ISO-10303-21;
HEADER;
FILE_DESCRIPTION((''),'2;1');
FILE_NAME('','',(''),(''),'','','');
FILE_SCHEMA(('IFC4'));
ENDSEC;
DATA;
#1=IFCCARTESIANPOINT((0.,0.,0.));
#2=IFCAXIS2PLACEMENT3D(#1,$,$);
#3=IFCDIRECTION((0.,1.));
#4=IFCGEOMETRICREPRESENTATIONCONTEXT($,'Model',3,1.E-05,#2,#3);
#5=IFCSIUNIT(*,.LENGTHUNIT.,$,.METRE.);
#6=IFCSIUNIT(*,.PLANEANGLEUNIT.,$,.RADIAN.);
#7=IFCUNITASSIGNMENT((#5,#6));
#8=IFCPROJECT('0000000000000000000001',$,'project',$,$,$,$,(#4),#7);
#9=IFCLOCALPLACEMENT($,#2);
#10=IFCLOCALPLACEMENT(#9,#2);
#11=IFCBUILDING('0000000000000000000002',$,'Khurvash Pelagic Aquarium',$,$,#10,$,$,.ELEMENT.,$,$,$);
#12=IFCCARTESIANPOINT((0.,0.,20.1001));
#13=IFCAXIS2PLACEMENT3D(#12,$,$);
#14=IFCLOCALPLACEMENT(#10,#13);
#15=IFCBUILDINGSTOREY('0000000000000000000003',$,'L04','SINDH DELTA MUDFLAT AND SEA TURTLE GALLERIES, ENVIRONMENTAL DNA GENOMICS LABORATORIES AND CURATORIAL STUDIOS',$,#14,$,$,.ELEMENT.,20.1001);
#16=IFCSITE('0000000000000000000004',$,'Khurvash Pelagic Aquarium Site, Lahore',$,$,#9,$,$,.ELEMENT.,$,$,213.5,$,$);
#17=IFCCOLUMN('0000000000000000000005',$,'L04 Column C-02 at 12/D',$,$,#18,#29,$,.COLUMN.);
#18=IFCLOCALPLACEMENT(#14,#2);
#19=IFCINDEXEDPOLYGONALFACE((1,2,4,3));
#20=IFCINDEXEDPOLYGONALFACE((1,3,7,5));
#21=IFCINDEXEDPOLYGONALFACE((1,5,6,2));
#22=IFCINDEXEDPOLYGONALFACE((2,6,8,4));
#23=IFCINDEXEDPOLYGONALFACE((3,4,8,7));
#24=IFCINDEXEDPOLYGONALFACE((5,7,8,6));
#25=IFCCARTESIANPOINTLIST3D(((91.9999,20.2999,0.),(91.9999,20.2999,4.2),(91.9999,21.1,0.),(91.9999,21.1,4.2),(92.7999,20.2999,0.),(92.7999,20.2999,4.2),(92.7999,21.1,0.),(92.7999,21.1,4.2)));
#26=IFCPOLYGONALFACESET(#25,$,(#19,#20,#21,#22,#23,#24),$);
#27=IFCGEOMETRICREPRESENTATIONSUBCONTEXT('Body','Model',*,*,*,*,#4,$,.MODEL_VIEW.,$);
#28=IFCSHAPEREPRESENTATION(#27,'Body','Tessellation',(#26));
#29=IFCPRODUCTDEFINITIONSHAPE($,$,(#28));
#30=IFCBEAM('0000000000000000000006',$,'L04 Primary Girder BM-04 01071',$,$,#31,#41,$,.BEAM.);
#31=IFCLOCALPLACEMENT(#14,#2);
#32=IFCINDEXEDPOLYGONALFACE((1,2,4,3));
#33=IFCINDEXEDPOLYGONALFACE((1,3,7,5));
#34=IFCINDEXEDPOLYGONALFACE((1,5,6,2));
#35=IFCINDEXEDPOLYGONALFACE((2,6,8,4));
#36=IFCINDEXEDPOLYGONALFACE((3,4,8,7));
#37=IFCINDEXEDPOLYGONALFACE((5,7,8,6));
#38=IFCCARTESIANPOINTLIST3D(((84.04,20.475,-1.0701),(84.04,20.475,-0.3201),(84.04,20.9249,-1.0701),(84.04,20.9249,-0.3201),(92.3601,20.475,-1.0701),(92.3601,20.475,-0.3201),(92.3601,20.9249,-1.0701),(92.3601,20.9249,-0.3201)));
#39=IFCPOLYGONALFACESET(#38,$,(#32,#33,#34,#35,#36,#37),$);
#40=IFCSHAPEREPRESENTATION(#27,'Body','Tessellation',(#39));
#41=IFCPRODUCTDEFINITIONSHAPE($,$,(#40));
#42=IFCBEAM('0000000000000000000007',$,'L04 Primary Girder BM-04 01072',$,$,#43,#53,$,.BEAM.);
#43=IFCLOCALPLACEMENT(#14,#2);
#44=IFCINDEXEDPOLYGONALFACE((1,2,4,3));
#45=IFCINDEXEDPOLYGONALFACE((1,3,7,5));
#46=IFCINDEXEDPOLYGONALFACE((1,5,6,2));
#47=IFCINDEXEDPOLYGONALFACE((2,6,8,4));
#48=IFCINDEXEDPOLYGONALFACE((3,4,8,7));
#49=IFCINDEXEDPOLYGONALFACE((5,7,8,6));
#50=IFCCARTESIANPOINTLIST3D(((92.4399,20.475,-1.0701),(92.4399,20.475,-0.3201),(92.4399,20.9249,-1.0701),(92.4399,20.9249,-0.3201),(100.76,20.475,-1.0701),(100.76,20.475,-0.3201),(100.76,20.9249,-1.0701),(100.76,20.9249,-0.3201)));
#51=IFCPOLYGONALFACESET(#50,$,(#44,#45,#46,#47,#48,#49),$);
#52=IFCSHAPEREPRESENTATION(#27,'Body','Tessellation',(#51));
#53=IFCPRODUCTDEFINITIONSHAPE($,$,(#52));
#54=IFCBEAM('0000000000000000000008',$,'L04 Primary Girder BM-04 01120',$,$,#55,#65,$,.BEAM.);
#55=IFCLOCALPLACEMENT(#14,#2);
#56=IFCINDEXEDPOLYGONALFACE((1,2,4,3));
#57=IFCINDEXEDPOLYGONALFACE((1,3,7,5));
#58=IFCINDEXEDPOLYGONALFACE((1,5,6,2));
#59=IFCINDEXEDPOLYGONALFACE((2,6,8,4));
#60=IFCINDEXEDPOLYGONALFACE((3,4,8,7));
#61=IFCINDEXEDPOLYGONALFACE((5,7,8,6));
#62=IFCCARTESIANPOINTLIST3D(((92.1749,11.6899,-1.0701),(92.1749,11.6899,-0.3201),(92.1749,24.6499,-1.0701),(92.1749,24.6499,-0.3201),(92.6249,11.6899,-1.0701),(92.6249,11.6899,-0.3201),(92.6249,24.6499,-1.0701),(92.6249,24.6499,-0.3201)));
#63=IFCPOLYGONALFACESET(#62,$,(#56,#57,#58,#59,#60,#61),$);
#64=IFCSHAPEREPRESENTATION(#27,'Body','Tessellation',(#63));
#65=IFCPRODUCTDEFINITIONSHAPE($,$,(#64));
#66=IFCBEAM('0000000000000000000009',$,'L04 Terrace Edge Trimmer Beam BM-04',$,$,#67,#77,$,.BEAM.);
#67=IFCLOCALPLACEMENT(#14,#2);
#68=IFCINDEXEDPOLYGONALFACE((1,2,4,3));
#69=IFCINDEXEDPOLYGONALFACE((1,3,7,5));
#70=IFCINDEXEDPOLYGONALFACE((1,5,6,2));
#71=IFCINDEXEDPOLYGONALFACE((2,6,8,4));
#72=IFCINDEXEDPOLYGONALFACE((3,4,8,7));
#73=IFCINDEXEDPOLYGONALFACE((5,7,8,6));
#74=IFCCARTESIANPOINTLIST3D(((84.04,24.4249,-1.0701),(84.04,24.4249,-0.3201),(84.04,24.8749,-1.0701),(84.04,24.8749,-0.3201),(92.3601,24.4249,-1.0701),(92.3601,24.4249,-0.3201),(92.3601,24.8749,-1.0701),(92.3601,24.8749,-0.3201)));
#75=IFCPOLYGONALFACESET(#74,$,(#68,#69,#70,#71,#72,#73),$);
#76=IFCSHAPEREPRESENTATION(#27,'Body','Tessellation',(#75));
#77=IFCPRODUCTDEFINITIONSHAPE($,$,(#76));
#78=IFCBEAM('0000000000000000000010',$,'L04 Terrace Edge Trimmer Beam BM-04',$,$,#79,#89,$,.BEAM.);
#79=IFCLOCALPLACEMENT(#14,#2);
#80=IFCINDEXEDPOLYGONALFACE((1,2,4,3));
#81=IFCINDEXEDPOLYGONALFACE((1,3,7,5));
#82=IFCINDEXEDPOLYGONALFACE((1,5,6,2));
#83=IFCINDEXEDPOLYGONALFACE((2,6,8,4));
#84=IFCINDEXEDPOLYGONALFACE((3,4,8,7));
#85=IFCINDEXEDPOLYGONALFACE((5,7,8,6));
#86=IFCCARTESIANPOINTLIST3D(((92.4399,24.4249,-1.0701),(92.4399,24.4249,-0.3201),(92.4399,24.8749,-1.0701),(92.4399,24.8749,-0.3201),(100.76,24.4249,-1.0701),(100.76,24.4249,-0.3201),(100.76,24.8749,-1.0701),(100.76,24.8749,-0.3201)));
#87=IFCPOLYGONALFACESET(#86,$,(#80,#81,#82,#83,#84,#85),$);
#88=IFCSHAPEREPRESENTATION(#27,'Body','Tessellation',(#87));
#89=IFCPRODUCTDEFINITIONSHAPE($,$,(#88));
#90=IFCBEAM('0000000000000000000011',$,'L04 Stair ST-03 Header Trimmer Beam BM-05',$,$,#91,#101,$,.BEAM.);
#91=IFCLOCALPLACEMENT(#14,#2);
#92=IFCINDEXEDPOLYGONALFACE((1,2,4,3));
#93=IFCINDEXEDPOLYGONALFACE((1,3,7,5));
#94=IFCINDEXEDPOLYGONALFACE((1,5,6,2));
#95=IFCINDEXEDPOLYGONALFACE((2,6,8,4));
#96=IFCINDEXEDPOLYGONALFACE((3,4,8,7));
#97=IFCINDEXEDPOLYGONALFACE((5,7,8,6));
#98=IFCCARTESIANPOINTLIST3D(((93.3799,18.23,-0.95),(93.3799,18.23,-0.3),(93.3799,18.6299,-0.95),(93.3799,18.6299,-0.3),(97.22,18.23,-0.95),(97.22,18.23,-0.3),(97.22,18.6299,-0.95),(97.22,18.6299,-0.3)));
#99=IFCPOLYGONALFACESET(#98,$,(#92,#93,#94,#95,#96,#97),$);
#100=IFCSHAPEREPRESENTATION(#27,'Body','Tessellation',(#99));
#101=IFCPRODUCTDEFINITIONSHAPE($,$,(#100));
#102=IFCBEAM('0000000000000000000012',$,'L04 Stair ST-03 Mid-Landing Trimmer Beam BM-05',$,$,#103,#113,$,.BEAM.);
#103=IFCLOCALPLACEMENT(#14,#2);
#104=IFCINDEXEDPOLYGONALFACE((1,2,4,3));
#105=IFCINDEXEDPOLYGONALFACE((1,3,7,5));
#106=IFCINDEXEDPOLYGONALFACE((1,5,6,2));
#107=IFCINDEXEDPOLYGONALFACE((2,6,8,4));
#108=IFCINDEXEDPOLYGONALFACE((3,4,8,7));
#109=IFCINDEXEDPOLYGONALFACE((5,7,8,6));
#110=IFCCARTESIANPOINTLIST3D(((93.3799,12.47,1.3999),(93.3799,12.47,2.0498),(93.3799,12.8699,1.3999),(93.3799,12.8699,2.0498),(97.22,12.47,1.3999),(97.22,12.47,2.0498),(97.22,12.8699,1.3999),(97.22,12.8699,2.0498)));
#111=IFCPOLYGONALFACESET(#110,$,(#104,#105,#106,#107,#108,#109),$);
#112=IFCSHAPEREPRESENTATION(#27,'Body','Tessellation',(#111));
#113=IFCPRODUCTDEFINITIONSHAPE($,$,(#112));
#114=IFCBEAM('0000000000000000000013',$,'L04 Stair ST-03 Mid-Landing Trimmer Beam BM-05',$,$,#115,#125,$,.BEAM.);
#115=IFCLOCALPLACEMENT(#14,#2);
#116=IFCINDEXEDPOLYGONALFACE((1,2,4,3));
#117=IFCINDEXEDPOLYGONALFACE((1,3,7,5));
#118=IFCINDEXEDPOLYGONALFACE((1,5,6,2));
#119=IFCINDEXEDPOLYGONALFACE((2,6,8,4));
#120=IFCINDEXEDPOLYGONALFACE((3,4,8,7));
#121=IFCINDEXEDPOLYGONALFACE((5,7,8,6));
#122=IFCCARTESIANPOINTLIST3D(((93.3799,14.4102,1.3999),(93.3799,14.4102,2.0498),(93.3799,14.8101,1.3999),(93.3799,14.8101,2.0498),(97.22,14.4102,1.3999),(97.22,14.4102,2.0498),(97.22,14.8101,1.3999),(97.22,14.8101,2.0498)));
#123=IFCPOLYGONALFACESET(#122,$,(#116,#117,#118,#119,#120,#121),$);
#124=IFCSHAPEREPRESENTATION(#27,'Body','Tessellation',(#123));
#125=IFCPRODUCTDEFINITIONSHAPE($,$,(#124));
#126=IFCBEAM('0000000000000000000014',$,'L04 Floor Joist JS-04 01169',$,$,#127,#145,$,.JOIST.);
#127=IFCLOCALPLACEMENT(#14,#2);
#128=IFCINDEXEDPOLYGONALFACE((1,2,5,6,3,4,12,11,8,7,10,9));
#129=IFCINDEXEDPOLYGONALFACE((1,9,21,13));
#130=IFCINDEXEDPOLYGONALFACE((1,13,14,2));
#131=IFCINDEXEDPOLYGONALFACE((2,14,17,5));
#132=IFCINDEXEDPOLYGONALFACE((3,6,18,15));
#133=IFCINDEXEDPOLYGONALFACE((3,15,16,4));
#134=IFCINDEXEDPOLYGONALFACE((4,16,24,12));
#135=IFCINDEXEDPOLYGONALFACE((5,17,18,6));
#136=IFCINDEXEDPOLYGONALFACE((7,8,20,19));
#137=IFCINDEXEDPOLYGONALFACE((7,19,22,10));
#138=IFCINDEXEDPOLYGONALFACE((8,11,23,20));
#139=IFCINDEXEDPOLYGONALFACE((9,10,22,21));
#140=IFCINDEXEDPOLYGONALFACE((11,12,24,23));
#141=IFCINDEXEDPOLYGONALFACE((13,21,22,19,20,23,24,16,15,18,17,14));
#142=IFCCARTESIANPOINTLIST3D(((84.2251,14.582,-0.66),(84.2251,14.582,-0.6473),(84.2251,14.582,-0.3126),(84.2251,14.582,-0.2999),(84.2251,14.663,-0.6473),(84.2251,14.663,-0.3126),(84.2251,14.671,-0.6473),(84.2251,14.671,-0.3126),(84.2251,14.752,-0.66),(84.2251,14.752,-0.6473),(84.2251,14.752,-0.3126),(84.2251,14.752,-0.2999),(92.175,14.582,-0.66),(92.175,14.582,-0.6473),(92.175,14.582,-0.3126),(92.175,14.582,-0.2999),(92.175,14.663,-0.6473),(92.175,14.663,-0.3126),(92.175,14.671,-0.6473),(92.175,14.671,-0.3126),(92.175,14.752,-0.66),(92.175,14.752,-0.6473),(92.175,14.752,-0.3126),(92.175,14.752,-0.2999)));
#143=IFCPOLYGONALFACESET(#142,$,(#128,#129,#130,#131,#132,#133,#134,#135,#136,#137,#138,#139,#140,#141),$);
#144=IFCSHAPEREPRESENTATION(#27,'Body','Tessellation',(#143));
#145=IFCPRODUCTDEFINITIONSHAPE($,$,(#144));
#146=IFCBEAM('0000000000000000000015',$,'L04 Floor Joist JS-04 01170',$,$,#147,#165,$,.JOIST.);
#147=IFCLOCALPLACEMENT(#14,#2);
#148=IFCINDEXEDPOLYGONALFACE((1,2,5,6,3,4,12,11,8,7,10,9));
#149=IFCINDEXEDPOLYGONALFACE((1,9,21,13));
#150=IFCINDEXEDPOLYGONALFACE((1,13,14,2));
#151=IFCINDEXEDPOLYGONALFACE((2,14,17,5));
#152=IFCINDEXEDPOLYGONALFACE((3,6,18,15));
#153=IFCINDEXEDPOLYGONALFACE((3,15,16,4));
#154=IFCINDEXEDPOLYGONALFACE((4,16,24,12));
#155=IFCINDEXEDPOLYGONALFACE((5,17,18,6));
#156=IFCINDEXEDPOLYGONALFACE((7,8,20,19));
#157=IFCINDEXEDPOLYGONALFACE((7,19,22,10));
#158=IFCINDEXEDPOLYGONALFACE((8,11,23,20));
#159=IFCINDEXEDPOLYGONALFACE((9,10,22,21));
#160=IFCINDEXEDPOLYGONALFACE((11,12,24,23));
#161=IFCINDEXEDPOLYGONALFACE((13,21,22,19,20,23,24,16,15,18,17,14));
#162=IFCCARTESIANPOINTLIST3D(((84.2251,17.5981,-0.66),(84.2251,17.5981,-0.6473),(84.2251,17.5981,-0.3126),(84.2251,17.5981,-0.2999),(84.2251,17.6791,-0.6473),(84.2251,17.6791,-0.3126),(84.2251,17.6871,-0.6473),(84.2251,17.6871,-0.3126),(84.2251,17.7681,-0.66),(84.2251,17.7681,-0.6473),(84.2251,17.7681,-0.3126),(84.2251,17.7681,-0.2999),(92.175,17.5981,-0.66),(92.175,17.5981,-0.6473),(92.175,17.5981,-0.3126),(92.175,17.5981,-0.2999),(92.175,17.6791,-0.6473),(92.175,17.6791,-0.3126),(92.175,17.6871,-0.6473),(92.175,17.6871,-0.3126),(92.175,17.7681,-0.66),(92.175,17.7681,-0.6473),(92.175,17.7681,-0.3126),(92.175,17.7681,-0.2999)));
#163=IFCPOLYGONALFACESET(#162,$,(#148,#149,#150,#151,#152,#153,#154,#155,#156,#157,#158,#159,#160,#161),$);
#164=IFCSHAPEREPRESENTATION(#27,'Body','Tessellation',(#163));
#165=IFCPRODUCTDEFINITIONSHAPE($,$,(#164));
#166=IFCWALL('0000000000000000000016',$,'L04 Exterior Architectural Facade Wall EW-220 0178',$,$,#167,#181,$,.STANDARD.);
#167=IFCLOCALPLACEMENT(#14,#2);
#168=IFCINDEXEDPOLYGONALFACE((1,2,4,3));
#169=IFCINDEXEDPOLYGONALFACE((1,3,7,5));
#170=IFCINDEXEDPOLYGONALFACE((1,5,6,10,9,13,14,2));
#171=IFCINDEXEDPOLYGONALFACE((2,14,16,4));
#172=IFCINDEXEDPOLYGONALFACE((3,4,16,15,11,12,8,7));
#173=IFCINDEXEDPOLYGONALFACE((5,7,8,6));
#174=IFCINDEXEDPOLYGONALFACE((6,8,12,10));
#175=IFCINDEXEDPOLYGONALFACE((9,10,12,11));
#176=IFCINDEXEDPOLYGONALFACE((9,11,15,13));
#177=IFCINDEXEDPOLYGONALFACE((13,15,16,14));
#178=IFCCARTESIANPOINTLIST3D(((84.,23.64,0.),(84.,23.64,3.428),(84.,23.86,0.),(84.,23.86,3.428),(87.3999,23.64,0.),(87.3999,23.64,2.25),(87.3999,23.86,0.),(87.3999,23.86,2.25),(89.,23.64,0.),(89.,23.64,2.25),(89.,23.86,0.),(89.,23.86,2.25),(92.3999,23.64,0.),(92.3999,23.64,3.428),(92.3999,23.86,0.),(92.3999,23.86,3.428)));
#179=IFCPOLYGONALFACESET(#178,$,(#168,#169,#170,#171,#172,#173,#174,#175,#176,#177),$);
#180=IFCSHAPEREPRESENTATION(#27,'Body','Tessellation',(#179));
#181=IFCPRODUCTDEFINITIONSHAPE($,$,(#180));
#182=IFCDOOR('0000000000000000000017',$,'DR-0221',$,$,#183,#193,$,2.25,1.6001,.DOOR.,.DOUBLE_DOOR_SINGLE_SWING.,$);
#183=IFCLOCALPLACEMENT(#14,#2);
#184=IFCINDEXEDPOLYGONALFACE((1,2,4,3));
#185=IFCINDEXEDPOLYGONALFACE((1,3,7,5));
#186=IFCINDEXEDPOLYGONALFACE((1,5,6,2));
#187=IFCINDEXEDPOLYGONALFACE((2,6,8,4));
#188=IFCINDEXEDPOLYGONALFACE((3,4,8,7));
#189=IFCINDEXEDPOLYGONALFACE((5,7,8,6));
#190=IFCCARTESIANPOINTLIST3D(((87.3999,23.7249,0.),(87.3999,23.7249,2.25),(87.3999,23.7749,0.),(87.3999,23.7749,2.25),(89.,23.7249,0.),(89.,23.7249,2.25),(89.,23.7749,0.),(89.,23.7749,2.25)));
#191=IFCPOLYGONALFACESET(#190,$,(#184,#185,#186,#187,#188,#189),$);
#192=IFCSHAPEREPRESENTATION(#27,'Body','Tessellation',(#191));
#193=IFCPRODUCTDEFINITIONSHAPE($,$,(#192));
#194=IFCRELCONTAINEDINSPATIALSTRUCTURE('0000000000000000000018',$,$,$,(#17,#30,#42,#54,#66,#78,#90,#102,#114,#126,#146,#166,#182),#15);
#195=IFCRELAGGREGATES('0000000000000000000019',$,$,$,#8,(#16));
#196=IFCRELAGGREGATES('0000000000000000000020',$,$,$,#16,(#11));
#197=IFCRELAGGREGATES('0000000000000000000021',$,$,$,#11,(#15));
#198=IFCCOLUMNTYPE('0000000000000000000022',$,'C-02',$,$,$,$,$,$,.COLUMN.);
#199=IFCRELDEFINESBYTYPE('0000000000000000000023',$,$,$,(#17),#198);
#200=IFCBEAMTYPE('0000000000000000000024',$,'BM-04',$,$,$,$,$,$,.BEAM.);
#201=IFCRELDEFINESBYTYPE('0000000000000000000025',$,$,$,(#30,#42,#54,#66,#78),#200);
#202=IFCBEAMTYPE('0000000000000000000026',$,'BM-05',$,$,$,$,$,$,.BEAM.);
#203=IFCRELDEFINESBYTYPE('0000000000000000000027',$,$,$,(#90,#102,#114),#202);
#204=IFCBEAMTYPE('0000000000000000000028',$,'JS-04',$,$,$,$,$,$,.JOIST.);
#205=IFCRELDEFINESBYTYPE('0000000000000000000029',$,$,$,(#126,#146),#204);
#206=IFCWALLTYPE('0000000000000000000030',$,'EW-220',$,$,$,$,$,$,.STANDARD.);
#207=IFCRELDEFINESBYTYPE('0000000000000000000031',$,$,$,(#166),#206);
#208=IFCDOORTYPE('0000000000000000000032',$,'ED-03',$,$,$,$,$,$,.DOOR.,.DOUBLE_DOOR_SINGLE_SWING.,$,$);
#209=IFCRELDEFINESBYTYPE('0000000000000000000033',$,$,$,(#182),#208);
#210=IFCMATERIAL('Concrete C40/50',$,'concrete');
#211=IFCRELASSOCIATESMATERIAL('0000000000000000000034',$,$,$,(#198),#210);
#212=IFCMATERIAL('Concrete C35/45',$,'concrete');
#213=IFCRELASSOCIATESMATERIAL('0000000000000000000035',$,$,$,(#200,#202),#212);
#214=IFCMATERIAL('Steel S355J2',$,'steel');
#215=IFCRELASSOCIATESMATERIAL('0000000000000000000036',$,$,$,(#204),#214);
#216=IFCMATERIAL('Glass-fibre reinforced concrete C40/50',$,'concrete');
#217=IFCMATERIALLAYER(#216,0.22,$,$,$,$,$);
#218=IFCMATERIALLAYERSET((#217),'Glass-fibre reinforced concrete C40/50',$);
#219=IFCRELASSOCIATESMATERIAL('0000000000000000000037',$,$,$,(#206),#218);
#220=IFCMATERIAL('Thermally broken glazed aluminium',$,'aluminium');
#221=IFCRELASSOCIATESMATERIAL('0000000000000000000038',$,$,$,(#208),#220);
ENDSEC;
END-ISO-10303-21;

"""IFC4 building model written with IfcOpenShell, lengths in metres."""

from ifc_helpers import new_model, si_unit, direction, frame, frame_2d, origin, origin_2d, place, context, subcontext, project, spatial, rectangle, i_section, extrude, material, layer, layer_set, material_profile, profile_set, type_object, element, fill, save


model = new_model("IFC4")

# Units and contexts
model_context = context("Model", 3, precision=1e-05, world=origin(), true_north=direction((0.0, 1.0)))
body_context = subcontext(model_context, "Body", "Model", "MODEL_VIEW")
ifc_project = project(units=[si_unit("LENGTHUNIT", "METRE"), si_unit("PLANEANGLEUNIT", "RADIAN")], contexts=[model_context])

# Site, building, storey
site_placement = place(None, origin())
site = spatial("IfcSite", under=ifc_project, at=site_placement, Name="Khurvash Pelagic Aquarium Site, Lahore", CompositionType="ELEMENT", RefElevation=213.5)
building_placement = place(site_placement, origin())
building = spatial("IfcBuilding", under=site, at=building_placement, Name="Khurvash Pelagic Aquarium", CompositionType="ELEMENT")
storey_placement = place(building_placement, frame((0.0, 0.0, 20.1001)))
storey = spatial("IfcBuildingStorey", under=building, at=storey_placement, Name="L04", Description="SINDH DELTA MUDFLAT AND SEA TURTLE GALLERIES, ENVIRONMENTAL DNA GENOMICS LABORATORIES AND CURATORIAL STUDIOS", CompositionType="ELEMENT", Elevation=20.1001)

# Column
ifc_material_1 = material(Name="Concrete C40/50", Category="concrete")
ifc_material_profile_1 = material_profile(ifc_material_1, rectangle(XDim=0.8, YDim=0.8, at=origin_2d()), Name="RC800X800")
ifc_profile_set_1 = profile_set([ifc_material_profile_1], Name="Concrete C40/50")
column_type = type_object("IfcColumnType", Name="C-02", PredefinedType="COLUMN", material=ifc_profile_set_1)
column_placement = place(storey_placement, frame((92.3999, 20.7, 0.0), z_axis=(0.0, 0.0, 1.0), x_axis=(1.0, 0.0, 0.0)))
element("IfcColumn", 1, at=column_placement, inside=storey, type_object=column_type, Name="L04 Column C-02 at 12/D", PredefinedType="COLUMN", context=body_context, shape_type="SweptSolid", body=[
    extrude(rectangle(XDim=0.8, YDim=0.8, at=origin_2d()), origin(), (0.0, 0.0, 1.0), 4.2),
])

# Beams
ifc_material_2 = material(Name="Concrete C35/45", Category="concrete")
ifc_material_profile_2 = material_profile(ifc_material_2, rectangle(XDim=0.45, YDim=0.75, at=origin_2d()), Name="RC450X750")
ifc_profile_set_2 = profile_set([ifc_material_profile_2], Name="Concrete C35/45")
beam_type_1 = type_object("IfcBeamType", Name="BM-04", PredefinedType="BEAM", material=ifc_profile_set_2)
for number, where, z_axis, x_axis, name in (
    (2, (84.04, 20.7, -0.6951), (1.0, 0.0, 0.0), (0.0, 1.0, 0.0), "L04 Primary Girder BM-04 01071"),
    (3, (92.4399, 20.7, -0.6951), (1.0, 0.0, 0.0), (0.0, 1.0, 0.0), "L04 Primary Girder BM-04 01072"),
):
    element("IfcBeam", number, at=place(storey_placement, frame(where, z_axis=z_axis, x_axis=x_axis)), inside=storey, type_object=beam_type_1, Name=name, PredefinedType="BEAM", context=body_context, shape_type="SweptSolid", body=[
        extrude(rectangle(XDim=0.45, YDim=0.75, at=origin_2d()), origin(), (0.0, 0.0, 1.0), 8.3201),
    ])
beam_placement = place(storey_placement, frame((92.3999, 11.6899, -0.6951), z_axis=(0.0, 1.0, 0.0), x_axis=(-1.0, 0.0, 0.0)))
element("IfcBeam", 4, at=beam_placement, inside=storey, type_object=beam_type_1, Name="L04 Primary Girder BM-04 01120", PredefinedType="BEAM", context=body_context, shape_type="SweptSolid", body=[
    extrude(rectangle(XDim=0.45, YDim=0.75, at=origin_2d()), origin(), (0.0, 0.0, 1.0), 12.96),
])
for number, where, z_axis, x_axis, name in (
    (5, (84.04, 24.6499, -0.6951), (1.0, 0.0, 0.0), (0.0, 1.0, 0.0), "L04 Terrace Edge Trimmer Beam BM-04"),
    (6, (92.4399, 24.6499, -0.6951), (1.0, 0.0, 0.0), (0.0, 1.0, 0.0), "L04 Terrace Edge Trimmer Beam BM-04"),
):
    element("IfcBeam", number, at=place(storey_placement, frame(where, z_axis=z_axis, x_axis=x_axis)), inside=storey, type_object=beam_type_1, Name=name, PredefinedType="BEAM", context=body_context, shape_type="SweptSolid", body=[
        extrude(rectangle(XDim=0.45, YDim=0.75, at=origin_2d()), origin(), (0.0, 0.0, 1.0), 8.3201),
    ])
ifc_material_profile_3 = material_profile(ifc_material_2, rectangle(XDim=0.3999, YDim=0.6499, at=origin_2d()), Name="RC400X650")
ifc_profile_set_3 = profile_set([ifc_material_profile_3], Name="Concrete C35/45")
beam_type_2 = type_object("IfcBeamType", Name="BM-05", PredefinedType="BEAM", material=ifc_profile_set_3)
for number, where, z_axis, x_axis, name in (
    (7, (93.3799, 18.4299, -0.625), (1.0, 0.0, 0.0), (0.0, 1.0, 0.0), "L04 Stair ST-03 Header Trimmer Beam BM-05"),
    (8, (93.3799, 12.6699, 1.7249), (1.0, 0.0, 0.0), (0.0, 1.0, 0.0), "L04 Stair ST-03 Mid-Landing Trimmer Beam BM-05"),
    (9, (93.3799, 14.6101, 1.7249), (1.0, 0.0, 0.0), (0.0, 1.0, 0.0), "L04 Stair ST-03 Mid-Landing Trimmer Beam BM-05"),
):
    element("IfcBeam", number, at=place(storey_placement, frame(where, z_axis=z_axis, x_axis=x_axis)), inside=storey, type_object=beam_type_2, Name=name, PredefinedType="BEAM", context=body_context, shape_type="SweptSolid", body=[
        extrude(rectangle(XDim=0.3999, YDim=0.6499, at=origin_2d()), origin(), (0.0, 0.0, 1.0), 3.8401),
    ])
ifc_material_3 = material(Name="Steel S355J2", Category="steel")
ifc_material_profile_4 = material_profile(ifc_material_3, i_section(OverallWidth=0.1699, OverallDepth=0.3601, WebThickness=0.0081, FlangeThickness=0.0127, at=origin_2d()), Name="IPE360")
ifc_profile_set_4 = profile_set([ifc_material_profile_4], Name="Steel S355J2")
beam_type_3 = type_object("IfcBeamType", Name="JS-04", PredefinedType="JOIST", material=ifc_profile_set_4)
for number, where, z_axis, x_axis, name in (
    (10, (84.2251, 14.667, -0.48), (1.0, 0.0, 0.0), (0.0, 1.0, 0.0), "L04 Floor Joist JS-04 01169"),
    (11, (84.2251, 17.6831, -0.48), (1.0, 0.0, 0.0), (0.0, 1.0, 0.0), "L04 Floor Joist JS-04 01170"),
):
    element("IfcBeam", number, at=place(storey_placement, frame(where, z_axis=z_axis, x_axis=x_axis)), inside=storey, type_object=beam_type_3, Name=name, PredefinedType="JOIST", context=body_context, shape_type="SweptSolid", body=[
        extrude(i_section(OverallWidth=0.1699, OverallDepth=0.3601, WebThickness=0.0081, FlangeThickness=0.0127, at=origin_2d()), origin(), (0.0, 0.0, 1.0), 7.95),
    ])

# Wall, opening, door
ifc_material_4 = material(Name="Glass-fibre reinforced concrete C40/50", Category="concrete")
ifc_layer_1 = layer(ifc_material_4, 0.22)
ifc_layer_set_1 = layer_set([ifc_layer_1], Name="Glass-fibre reinforced concrete C40/50")
wall_type_1 = type_object("IfcWallType", Name="EW-220", PredefinedType="STANDARD", material=ifc_layer_set_1)
wall_1_placement = place(storey_placement, frame((92.3999, 23.75, 0.0), z_axis=(0.0, 0.0, 1.0), x_axis=(-1.0, 0.0, 0.0)))
wall_1 = element("IfcWall", 12, at=wall_1_placement, inside=storey, type_object=wall_type_1, Name="L04 Exterior Architectural Facade Wall EW-220 0178", PredefinedType="STANDARD", context=body_context, shape_type="SweptSolid", body=[
    extrude(rectangle(XDim=8.3999, YDim=0.22, at=frame_2d((4.2, 0.0))), origin(), (0.0, 0.0, 1.0), 3.428),
])
opening_1_placement = place(wall_1_placement, frame((3.3999, 0.0, 0.0)))
opening_1 = element("IfcOpeningElement", 13, at=opening_1_placement, cuts=wall_1, PredefinedType="OPENING", context=body_context, shape_type="SweptSolid", body=[
    extrude(rectangle(XDim=1.6001, YDim=2.25, at=frame_2d((0.8, 1.125))), frame((0.0, 0.1201, 0.0), z_axis=(0.0, -1.0, 0.0), x_axis=(1.0, 0.0, 0.0)), (0.0, 0.0, 1.0), 0.24),
])
ifc_material_5 = material(Name="Thermally broken glazed aluminium", Category="aluminium")
door_type_1 = type_object("IfcDoorType", Name="ED-03", OperationType="DOUBLE_DOOR_SINGLE_SWING", PredefinedType="DOOR", material=ifc_material_5)
door_1_placement = place(opening_1_placement, frame((1.6001, 0.0, 0.0), z_axis=(0.0, 0.0, 1.0), x_axis=(-1.0, 0.0, 0.0)))
door_1 = element("IfcDoor", 14, at=door_1_placement, inside=storey, type_object=door_type_1, Name="DR-0221", OperationType="DOUBLE_DOOR_SINGLE_SWING", OverallHeight=2.25, OverallWidth=1.6001, PredefinedType="DOOR", context=body_context, shape_type="SweptSolid", body=[
    extrude(rectangle(XDim=1.6001, YDim=2.25, at=frame_2d((0.8, 1.125))), frame((0.0, 0.0249, 0.0), z_axis=(0.0, -1.0, 0.0), x_axis=(1.0, 0.0, 0.0)), (0.0, 0.0, 1.0), 0.05),
])
fill(opening_1, door_1)

save(model, "model.ifc")
